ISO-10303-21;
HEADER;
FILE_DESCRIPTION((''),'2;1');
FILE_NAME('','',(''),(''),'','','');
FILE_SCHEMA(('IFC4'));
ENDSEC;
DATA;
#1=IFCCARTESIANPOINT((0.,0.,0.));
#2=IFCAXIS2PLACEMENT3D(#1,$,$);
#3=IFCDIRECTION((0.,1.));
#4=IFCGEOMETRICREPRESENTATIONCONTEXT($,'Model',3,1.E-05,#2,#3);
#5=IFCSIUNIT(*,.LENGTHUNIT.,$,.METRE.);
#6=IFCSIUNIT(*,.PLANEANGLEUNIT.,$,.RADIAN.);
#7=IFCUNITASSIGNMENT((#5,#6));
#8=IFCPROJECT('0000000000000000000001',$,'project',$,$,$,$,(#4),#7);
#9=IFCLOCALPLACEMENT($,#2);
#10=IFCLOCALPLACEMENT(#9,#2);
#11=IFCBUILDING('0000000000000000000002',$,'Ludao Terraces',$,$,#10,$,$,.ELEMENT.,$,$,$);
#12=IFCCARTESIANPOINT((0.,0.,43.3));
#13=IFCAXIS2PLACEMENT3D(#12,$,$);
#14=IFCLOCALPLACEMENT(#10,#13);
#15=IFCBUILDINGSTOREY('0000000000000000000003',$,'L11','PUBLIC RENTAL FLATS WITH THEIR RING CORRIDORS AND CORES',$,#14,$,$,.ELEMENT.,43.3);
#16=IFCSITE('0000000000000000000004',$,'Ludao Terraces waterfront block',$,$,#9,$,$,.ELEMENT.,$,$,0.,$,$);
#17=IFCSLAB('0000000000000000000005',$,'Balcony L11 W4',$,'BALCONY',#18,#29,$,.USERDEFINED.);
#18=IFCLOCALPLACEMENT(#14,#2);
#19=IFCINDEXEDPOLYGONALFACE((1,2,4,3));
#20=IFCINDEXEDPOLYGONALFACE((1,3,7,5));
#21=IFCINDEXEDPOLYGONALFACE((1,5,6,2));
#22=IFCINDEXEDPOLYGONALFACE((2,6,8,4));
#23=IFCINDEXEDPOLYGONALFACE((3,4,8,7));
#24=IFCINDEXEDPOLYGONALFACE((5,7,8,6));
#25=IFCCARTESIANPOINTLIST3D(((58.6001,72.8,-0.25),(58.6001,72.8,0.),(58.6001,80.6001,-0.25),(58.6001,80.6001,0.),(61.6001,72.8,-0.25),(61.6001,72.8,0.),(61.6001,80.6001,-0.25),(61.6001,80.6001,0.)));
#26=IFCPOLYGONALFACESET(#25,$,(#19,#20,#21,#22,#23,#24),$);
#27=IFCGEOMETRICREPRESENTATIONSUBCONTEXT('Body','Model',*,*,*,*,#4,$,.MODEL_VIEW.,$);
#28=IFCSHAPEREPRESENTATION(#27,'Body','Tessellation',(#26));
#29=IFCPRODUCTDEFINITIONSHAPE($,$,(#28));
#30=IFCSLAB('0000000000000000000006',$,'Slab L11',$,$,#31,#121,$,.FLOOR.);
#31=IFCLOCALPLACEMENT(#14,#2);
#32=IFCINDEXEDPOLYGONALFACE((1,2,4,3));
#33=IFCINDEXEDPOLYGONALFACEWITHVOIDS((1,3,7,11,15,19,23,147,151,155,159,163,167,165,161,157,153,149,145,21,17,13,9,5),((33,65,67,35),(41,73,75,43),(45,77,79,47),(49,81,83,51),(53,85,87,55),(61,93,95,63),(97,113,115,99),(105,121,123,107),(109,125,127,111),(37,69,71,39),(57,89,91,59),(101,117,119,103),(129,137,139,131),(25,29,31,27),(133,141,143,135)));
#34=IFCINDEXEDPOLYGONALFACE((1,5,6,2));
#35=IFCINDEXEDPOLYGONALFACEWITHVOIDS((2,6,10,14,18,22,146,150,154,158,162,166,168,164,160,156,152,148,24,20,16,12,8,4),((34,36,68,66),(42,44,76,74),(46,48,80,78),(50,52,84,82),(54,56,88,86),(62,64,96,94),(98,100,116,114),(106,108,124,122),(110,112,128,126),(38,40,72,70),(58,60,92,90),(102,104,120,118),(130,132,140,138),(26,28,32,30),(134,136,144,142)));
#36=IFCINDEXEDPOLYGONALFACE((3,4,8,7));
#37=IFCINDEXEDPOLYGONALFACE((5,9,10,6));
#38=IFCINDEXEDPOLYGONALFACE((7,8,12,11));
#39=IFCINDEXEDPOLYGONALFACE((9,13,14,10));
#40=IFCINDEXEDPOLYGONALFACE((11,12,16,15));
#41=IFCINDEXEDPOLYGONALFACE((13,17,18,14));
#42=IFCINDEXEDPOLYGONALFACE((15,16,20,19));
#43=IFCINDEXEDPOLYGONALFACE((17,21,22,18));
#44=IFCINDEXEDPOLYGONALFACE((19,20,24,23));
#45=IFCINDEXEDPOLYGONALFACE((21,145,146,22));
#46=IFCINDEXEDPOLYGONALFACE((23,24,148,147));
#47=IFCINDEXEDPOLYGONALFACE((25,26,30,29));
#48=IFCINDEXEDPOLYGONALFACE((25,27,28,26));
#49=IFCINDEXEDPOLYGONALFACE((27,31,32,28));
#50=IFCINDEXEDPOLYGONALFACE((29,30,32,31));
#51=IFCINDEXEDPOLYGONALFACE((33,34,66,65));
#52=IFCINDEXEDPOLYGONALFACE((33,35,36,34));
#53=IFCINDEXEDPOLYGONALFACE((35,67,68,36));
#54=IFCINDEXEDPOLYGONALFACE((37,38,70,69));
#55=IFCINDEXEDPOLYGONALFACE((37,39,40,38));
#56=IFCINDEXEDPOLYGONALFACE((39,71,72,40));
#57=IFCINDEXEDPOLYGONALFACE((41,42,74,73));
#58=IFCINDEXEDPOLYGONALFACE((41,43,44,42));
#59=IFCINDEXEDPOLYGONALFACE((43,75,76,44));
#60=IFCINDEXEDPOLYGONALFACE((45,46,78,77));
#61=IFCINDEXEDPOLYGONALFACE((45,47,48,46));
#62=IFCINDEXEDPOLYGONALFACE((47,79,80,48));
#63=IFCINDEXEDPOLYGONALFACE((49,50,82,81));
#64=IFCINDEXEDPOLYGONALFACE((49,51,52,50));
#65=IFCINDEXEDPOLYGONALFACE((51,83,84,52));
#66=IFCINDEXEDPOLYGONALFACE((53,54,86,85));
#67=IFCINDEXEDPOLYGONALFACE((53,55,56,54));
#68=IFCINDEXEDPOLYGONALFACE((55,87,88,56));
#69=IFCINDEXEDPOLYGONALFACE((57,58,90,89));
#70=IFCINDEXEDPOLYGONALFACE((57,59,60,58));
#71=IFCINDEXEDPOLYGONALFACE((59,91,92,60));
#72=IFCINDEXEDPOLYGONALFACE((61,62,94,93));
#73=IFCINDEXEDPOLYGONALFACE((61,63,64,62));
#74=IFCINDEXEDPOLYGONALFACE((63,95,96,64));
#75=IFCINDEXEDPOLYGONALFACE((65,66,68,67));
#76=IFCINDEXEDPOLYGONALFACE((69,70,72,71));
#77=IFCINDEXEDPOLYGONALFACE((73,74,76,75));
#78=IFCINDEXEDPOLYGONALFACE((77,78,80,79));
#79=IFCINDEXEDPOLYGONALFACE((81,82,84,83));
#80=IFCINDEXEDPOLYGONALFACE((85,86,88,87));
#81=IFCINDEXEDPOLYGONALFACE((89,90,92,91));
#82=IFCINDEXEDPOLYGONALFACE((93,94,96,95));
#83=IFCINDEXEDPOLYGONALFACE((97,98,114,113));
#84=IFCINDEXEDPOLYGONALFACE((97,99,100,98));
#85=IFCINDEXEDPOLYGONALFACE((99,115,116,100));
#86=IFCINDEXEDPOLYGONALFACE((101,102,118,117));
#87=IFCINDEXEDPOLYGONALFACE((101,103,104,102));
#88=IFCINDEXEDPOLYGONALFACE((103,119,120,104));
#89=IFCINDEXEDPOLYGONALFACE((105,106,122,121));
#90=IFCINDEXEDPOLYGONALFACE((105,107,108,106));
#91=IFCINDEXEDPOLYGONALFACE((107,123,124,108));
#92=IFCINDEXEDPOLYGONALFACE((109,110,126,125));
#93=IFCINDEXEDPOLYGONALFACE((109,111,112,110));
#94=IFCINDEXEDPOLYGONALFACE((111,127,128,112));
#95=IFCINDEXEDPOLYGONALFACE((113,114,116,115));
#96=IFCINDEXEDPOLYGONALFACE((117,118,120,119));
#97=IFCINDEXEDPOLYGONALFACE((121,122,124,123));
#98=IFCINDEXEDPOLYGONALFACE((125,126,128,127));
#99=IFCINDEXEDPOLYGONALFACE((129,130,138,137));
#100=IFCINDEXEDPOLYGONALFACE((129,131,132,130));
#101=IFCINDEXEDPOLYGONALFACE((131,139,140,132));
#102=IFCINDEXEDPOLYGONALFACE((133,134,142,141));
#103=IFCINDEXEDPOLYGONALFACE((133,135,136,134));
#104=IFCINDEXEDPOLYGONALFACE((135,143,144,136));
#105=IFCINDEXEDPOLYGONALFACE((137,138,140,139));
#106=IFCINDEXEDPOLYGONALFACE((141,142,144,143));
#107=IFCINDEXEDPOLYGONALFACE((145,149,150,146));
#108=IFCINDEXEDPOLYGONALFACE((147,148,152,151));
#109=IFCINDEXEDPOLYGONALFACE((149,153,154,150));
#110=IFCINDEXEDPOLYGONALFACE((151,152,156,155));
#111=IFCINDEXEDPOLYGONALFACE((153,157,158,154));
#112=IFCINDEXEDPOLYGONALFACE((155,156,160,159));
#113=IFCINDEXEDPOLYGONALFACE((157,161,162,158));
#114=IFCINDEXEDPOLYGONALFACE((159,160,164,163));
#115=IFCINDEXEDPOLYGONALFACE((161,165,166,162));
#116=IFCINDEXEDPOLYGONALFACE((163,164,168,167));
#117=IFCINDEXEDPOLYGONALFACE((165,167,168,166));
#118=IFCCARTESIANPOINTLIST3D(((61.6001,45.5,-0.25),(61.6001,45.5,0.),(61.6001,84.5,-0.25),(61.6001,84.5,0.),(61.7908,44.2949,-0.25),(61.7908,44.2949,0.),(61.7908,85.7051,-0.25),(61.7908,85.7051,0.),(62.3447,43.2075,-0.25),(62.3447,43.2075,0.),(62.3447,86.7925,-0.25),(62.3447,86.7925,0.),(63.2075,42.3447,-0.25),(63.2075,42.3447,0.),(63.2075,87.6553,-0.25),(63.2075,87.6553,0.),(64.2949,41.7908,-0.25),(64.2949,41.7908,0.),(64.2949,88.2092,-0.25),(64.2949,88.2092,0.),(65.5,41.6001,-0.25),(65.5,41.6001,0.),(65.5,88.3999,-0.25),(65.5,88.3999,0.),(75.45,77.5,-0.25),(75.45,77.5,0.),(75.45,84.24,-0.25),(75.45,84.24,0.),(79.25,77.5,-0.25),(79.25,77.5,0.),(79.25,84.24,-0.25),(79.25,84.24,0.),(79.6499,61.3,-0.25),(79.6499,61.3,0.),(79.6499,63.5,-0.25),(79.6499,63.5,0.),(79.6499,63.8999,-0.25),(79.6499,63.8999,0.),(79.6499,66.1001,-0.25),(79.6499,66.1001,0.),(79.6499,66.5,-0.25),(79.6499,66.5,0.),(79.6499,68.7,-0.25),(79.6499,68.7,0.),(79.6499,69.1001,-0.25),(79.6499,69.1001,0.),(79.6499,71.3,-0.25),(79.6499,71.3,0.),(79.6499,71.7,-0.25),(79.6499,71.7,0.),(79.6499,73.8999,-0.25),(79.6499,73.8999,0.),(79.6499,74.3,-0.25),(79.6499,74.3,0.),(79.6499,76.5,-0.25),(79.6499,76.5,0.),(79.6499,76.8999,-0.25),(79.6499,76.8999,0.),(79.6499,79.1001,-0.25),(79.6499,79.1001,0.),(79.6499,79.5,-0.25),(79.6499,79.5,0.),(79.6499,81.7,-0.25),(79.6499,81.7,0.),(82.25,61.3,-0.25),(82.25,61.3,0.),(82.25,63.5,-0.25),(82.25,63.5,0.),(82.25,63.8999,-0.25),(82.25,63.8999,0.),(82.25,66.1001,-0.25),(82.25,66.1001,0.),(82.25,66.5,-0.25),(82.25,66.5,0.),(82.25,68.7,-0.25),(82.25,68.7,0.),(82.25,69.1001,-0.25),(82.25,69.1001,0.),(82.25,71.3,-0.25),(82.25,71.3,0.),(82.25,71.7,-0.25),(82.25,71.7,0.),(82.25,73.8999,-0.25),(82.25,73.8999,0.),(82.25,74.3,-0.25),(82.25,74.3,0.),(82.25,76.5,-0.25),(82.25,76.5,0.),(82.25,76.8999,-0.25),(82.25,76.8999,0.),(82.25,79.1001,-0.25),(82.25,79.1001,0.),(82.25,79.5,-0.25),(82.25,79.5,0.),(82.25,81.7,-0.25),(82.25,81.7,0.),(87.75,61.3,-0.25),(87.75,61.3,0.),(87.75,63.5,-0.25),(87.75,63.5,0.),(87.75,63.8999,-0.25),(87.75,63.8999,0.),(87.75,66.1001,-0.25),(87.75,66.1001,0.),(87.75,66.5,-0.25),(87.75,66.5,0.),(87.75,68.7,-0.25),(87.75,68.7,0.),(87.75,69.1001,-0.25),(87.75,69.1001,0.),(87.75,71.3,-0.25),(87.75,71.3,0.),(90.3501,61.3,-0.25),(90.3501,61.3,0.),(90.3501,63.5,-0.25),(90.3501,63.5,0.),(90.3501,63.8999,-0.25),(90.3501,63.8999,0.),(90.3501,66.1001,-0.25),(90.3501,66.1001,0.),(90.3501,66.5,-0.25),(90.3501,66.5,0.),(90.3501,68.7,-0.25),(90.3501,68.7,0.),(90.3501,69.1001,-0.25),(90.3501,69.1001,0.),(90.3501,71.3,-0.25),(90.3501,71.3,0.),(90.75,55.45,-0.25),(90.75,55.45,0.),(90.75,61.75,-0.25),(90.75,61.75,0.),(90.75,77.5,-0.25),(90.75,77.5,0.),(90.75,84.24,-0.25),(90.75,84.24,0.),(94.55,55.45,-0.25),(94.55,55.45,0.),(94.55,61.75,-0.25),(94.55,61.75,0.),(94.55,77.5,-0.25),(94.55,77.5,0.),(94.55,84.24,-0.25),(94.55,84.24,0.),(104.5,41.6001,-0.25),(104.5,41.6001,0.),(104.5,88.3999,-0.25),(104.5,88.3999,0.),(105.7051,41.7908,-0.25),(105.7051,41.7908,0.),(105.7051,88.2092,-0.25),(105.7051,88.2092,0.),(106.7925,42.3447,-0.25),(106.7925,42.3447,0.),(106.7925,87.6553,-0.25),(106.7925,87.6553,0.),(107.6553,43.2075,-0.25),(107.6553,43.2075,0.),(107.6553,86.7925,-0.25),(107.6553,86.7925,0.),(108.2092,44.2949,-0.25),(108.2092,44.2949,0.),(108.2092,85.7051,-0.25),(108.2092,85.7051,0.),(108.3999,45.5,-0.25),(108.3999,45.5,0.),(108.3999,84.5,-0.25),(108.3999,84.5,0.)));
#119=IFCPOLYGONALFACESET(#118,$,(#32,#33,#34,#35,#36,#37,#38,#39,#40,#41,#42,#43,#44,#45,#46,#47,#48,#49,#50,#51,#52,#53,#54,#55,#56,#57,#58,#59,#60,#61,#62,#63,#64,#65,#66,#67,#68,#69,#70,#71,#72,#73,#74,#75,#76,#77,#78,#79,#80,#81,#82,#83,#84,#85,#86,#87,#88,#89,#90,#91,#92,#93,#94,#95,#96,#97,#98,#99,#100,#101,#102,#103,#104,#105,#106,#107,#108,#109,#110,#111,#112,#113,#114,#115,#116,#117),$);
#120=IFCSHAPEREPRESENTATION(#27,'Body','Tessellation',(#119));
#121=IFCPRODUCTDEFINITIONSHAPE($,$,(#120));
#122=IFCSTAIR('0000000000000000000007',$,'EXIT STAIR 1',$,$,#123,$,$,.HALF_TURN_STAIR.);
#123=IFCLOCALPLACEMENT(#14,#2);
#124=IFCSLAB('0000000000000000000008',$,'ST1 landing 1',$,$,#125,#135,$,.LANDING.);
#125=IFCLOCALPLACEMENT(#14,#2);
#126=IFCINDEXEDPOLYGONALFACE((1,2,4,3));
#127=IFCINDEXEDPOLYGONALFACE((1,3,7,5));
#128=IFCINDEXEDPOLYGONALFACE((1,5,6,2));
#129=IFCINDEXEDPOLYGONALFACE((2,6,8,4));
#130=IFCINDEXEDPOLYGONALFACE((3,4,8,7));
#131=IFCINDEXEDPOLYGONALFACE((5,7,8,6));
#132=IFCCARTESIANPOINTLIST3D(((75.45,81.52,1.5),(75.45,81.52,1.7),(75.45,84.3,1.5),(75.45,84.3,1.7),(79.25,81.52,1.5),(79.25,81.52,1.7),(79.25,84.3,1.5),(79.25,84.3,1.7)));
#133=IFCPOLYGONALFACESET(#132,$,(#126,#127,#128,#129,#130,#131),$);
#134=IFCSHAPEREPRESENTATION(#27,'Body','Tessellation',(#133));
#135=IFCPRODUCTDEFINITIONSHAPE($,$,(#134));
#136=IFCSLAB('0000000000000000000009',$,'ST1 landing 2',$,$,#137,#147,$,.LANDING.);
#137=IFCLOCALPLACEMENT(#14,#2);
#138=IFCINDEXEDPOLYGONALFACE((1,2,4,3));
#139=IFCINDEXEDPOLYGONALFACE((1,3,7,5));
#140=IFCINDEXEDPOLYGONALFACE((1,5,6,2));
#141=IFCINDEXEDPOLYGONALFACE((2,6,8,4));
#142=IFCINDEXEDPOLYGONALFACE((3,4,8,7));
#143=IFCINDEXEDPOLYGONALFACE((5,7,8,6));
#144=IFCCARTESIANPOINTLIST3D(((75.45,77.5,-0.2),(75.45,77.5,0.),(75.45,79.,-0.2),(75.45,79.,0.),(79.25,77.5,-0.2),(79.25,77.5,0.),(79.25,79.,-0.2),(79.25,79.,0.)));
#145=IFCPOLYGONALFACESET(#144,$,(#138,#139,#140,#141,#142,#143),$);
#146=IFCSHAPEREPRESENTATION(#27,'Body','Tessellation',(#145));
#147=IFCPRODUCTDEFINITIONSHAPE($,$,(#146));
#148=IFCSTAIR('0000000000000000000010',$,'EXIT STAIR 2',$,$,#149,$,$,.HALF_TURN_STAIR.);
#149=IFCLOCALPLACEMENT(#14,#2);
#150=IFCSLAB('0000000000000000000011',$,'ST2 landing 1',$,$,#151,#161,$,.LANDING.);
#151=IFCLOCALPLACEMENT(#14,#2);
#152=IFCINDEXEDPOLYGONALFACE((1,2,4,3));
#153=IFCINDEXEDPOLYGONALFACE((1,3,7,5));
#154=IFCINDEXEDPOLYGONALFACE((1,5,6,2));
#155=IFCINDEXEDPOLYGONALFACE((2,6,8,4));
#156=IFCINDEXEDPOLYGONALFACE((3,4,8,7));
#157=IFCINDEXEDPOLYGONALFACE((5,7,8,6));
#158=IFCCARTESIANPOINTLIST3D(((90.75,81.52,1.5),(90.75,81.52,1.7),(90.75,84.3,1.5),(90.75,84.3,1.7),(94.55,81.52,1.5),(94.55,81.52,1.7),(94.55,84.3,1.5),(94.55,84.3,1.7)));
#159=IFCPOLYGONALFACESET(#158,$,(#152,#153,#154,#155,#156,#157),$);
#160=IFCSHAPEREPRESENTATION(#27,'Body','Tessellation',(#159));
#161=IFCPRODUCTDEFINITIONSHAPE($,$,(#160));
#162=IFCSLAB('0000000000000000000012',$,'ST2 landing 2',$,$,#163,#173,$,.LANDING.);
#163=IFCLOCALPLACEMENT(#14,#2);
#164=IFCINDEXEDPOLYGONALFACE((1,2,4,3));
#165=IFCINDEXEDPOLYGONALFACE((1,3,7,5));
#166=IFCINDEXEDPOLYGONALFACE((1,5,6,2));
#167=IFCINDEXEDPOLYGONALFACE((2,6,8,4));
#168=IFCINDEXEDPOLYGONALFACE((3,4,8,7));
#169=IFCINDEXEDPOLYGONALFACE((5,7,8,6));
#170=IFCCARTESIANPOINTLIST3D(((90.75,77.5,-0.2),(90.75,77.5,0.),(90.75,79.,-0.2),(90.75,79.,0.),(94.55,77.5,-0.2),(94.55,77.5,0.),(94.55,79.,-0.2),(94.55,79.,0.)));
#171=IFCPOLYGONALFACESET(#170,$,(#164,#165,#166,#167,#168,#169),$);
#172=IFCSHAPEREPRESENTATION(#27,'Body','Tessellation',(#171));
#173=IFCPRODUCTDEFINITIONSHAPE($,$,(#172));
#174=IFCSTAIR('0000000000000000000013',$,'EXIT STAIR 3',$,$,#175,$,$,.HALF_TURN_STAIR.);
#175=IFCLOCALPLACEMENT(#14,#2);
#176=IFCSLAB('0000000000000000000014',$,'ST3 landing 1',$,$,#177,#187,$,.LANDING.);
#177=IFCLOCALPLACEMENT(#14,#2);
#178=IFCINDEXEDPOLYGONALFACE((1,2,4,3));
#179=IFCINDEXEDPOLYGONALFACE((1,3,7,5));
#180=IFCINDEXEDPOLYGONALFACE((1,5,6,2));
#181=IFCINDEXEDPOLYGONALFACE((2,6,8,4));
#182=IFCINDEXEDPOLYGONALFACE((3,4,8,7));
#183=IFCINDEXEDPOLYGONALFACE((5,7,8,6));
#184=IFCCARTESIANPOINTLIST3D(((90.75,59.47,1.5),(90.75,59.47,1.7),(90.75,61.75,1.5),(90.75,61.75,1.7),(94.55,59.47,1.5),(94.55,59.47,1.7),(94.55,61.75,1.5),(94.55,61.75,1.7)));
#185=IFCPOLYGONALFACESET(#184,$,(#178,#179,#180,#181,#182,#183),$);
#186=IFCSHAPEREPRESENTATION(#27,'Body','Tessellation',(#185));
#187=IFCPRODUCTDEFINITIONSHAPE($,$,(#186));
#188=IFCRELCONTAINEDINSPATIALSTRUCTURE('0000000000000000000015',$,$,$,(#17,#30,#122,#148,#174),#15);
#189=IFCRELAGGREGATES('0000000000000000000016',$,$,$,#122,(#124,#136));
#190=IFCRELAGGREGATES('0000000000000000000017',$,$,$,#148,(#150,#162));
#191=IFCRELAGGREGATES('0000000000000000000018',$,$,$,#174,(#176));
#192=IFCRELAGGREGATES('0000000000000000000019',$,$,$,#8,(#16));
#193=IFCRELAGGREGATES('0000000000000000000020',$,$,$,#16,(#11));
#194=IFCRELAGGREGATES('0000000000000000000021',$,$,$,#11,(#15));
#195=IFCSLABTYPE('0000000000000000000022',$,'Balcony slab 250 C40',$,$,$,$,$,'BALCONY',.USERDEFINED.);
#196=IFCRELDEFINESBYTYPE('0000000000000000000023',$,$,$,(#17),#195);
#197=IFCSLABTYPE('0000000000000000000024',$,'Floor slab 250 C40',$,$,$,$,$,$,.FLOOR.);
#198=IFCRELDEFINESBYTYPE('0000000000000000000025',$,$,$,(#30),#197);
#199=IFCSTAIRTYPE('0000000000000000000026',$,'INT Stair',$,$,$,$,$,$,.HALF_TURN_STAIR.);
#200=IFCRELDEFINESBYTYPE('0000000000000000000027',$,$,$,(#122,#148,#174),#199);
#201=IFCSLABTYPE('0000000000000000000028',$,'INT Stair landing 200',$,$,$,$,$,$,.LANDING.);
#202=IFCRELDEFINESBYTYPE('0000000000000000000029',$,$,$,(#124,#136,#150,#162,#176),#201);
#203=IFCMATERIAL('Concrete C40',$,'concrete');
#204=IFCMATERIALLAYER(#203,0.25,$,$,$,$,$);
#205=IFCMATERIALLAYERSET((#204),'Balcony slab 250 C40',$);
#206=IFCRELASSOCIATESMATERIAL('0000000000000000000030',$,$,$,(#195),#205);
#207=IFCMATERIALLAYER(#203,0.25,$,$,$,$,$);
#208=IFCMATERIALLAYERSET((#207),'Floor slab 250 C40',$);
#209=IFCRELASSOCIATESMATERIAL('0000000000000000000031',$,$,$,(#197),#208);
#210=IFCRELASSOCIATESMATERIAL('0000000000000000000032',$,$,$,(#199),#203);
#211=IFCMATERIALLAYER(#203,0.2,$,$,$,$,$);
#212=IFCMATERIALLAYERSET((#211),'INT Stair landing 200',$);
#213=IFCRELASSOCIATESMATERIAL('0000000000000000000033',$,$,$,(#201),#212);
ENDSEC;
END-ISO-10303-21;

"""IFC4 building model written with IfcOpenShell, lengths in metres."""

from ifc_helpers import new_model, si_unit, direction, frame, origin, place, context, subcontext, project, spatial, polyline, outline, extrude, material, layer, layer_set, type_object, element, aggregate, save


model = new_model("IFC4")

# Units and contexts
model_context = context("Model", 3, precision=1e-05, world=origin(), true_north=direction((0.0, 1.0)))
body_context = subcontext(model_context, "Body", "Model", "MODEL_VIEW")
ifc_project = project(units=[si_unit("LENGTHUNIT", "METRE"), si_unit("PLANEANGLEUNIT", "RADIAN")], contexts=[model_context])

# Site, building, storey
site_placement = place(None, origin())
site = spatial("IfcSite", under=ifc_project, at=site_placement, Name="Ludao Terraces waterfront block", CompositionType="ELEMENT", RefElevation=0.0)
building_placement = place(site_placement, origin())
building = spatial("IfcBuilding", under=site, at=building_placement, Name="Ludao Terraces", CompositionType="ELEMENT")
storey_placement = place(building_placement, frame((0.0, 0.0, 43.3)))
storey = spatial("IfcBuildingStorey", under=building, at=storey_placement, Name="L11", Description="PUBLIC RENTAL FLATS WITH THEIR RING CORRIDORS AND CORES", CompositionType="ELEMENT", Elevation=43.3)

# Shared definitions
ifc_material_1 = material(Name="Concrete C40", Category="concrete")

# Slabs
ifc_layer_1 = layer(ifc_material_1, 0.25)
ifc_layer_set_1 = layer_set([ifc_layer_1], Name="Balcony slab 250 C40")
slab_type_1 = type_object("IfcSlabType", Name="Balcony slab 250 C40", ElementType="BALCONY", PredefinedType="USERDEFINED", material=ifc_layer_set_1)
slab_1_placement = place(storey_placement, frame((0.0, 0.0, -0.25)))
element("IfcSlab", 1, at=slab_1_placement, inside=storey, type_object=slab_type_1, Name="Balcony L11 W4", ObjectType="BALCONY", PredefinedType="USERDEFINED", context=body_context, shape_type="SweptSolid", body=[
    extrude(outline(polyline([(58.6001, 72.8), (61.6001, 72.8), (61.6001, 80.6001), (58.6001, 80.6001), (58.6001, 72.8)])), origin(), (0.0, 0.0, 1.0), 0.25),
])
ifc_layer_2 = layer(ifc_material_1, 0.25)
ifc_layer_set_2 = layer_set([ifc_layer_2], Name="Floor slab 250 C40")
slab_type_2 = type_object("IfcSlabType", Name="Floor slab 250 C40", PredefinedType="FLOOR", material=ifc_layer_set_2)
slab_2_placement = place(storey_placement, frame((0.0, 0.0, -0.25)))
element("IfcSlab", 2, at=slab_2_placement, inside=storey, type_object=slab_type_2, Name="Slab L11", PredefinedType="FLOOR", context=body_context, shape_type="SweptSolid", body=[
    extrude(outline(polyline([(104.5, 41.6001), (105.7051, 41.7908), (106.7925, 42.3447), (107.6553, 43.2075), (108.2092, 44.2949), (108.3999, 45.5), (108.3999, 84.5), (108.2092, 85.7051), (107.6553, 86.7925), (106.7925, 87.6553), (105.7051, 88.2092), (104.5, 88.3999), (65.5, 88.3999), (64.2949, 88.2092), (63.2075, 87.6553), (62.3447, 86.7925), (61.7908, 85.7051), (61.6001, 84.5), (61.6001, 45.5), (61.7908, 44.2949), (62.3447, 43.2075), (63.2075, 42.3447), (64.2949, 41.7908), (65.5, 41.6001), (104.5, 41.6001)]), holes=[polyline([(79.6499, 61.3), (82.25, 61.3), (82.25, 63.5), (79.6499, 63.5), (79.6499, 61.3)]), polyline([(79.6499, 63.8999), (82.25, 63.8999), (82.25, 66.1001), (79.6499, 66.1001), (79.6499, 63.8999)]), polyline([(79.6499, 66.5), (82.25, 66.5), (82.25, 68.7), (79.6499, 68.7), (79.6499, 66.5)]), polyline([(79.6499, 69.1001), (82.25, 69.1001), (82.25, 71.3), (79.6499, 71.3), (79.6499, 69.1001)]), polyline([(79.6499, 71.7), (82.25, 71.7), (82.25, 73.8999), (79.6499, 73.8999), (79.6499, 71.7)]), polyline([(79.6499, 74.3), (82.25, 74.3), (82.25, 76.5), (79.6499, 76.5), (79.6499, 74.3)]), polyline([(79.6499, 76.8999), (82.25, 76.8999), (82.25, 79.1001), (79.6499, 79.1001), (79.6499, 76.8999)]), polyline([(79.6499, 79.5), (82.25, 79.5), (82.25, 81.7), (79.6499, 81.7), (79.6499, 79.5)]), polyline([(87.75, 61.3), (90.3501, 61.3), (90.3501, 63.5), (87.75, 63.5), (87.75, 61.3)]), polyline([(87.75, 63.8999), (90.3501, 63.8999), (90.3501, 66.1001), (87.75, 66.1001), (87.75, 63.8999)]), polyline([(87.75, 66.5), (90.3501, 66.5), (90.3501, 68.7), (87.75, 68.7), (87.75, 66.5)]), polyline([(87.75, 69.1001), (90.3501, 69.1001), (90.3501, 71.3), (87.75, 71.3), (87.75, 69.1001)]), polyline([(75.45, 77.5), (79.25, 77.5), (79.25, 84.24), (75.45, 84.24), (75.45, 77.5)]), polyline([(90.75, 77.5), (94.55, 77.5), (94.55, 84.24), (90.75, 84.24), (90.75, 77.5)]), polyline([(90.75, 55.45), (94.55, 55.45), (94.55, 61.75), (90.75, 61.75), (90.75, 55.45)])]), origin(), (0.0, 0.0, 1.0), 0.25),
])

# Stairs, slabs
stair_type = type_object("IfcStairType", Name="INT Stair", PredefinedType="HALF_TURN_STAIR", material=ifc_material_1)
stair_1_placement = place(storey_placement, origin())
stair_1 = element("IfcStair", 3, at=stair_1_placement, inside=storey, type_object=stair_type, Name="EXIT STAIR 1", PredefinedType="HALF_TURN_STAIR")
ifc_layer_3 = layer(ifc_material_1, 0.2)
ifc_layer_set_3 = layer_set([ifc_layer_3], Name="INT Stair landing 200")
slab_type_3 = type_object("IfcSlabType", Name="INT Stair landing 200", PredefinedType="LANDING", material=ifc_layer_set_3)
slab_3_placement = place(storey_placement, frame((0.0, 0.0, 1.5)))
slab_3 = element("IfcSlab", 4, at=slab_3_placement, type_object=slab_type_3, Name="ST1 landing 1", PredefinedType="LANDING", context=body_context, shape_type="SweptSolid", body=[
    extrude(outline(polyline([(75.45, 81.52), (79.25, 81.52), (79.25, 84.3), (75.45, 84.3), (75.45, 81.52)])), origin(), (0.0, 0.0, 1.0), 0.2),
])
slab_4_placement = place(storey_placement, frame((0.0, 0.0, -0.2)))
slab_4 = element("IfcSlab", 5, at=slab_4_placement, type_object=slab_type_3, Name="ST1 landing 2", PredefinedType="LANDING", context=body_context, shape_type="SweptSolid", body=[
    extrude(outline(polyline([(75.45, 77.5), (79.25, 77.5), (79.25, 79.0), (75.45, 79.0), (75.45, 77.5)])), origin(), (0.0, 0.0, 1.0), 0.2),
])
aggregate(stair_1, [slab_3, slab_4])
stair_2_placement = place(storey_placement, origin())
stair_2 = element("IfcStair", 6, at=stair_2_placement, inside=storey, type_object=stair_type, Name="EXIT STAIR 2", PredefinedType="HALF_TURN_STAIR")
slab_5_placement = place(storey_placement, frame((0.0, 0.0, 1.5)))
slab_5 = element("IfcSlab", 7, at=slab_5_placement, type_object=slab_type_3, Name="ST2 landing 1", PredefinedType="LANDING", context=body_context, shape_type="SweptSolid", body=[
    extrude(outline(polyline([(90.75, 81.52), (94.55, 81.52), (94.55, 84.3), (90.75, 84.3), (90.75, 81.52)])), origin(), (0.0, 0.0, 1.0), 0.2),
])
slab_6_placement = place(storey_placement, frame((0.0, 0.0, -0.2)))
slab_6 = element("IfcSlab", 8, at=slab_6_placement, type_object=slab_type_3, Name="ST2 landing 2", PredefinedType="LANDING", context=body_context, shape_type="SweptSolid", body=[
    extrude(outline(polyline([(90.75, 77.5), (94.55, 77.5), (94.55, 79.0), (90.75, 79.0), (90.75, 77.5)])), origin(), (0.0, 0.0, 1.0), 0.2),
])
aggregate(stair_2, [slab_5, slab_6])
stair_3_placement = place(storey_placement, origin())
stair_3 = element("IfcStair", 9, at=stair_3_placement, inside=storey, type_object=stair_type, Name="EXIT STAIR 3", PredefinedType="HALF_TURN_STAIR")
slab_7_placement = place(storey_placement, frame((0.0, 0.0, 1.5)))
slab_7 = element("IfcSlab", 10, at=slab_7_placement, type_object=slab_type_3, Name="ST3 landing 1", PredefinedType="LANDING", context=body_context, shape_type="SweptSolid", body=[
    extrude(outline(polyline([(90.75, 59.47), (94.55, 59.47), (94.55, 61.75), (90.75, 61.75), (90.75, 59.47)])), origin(), (0.0, 0.0, 1.0), 0.2),
])
aggregate(stair_3, [slab_7])

save(model, "model.ifc")
